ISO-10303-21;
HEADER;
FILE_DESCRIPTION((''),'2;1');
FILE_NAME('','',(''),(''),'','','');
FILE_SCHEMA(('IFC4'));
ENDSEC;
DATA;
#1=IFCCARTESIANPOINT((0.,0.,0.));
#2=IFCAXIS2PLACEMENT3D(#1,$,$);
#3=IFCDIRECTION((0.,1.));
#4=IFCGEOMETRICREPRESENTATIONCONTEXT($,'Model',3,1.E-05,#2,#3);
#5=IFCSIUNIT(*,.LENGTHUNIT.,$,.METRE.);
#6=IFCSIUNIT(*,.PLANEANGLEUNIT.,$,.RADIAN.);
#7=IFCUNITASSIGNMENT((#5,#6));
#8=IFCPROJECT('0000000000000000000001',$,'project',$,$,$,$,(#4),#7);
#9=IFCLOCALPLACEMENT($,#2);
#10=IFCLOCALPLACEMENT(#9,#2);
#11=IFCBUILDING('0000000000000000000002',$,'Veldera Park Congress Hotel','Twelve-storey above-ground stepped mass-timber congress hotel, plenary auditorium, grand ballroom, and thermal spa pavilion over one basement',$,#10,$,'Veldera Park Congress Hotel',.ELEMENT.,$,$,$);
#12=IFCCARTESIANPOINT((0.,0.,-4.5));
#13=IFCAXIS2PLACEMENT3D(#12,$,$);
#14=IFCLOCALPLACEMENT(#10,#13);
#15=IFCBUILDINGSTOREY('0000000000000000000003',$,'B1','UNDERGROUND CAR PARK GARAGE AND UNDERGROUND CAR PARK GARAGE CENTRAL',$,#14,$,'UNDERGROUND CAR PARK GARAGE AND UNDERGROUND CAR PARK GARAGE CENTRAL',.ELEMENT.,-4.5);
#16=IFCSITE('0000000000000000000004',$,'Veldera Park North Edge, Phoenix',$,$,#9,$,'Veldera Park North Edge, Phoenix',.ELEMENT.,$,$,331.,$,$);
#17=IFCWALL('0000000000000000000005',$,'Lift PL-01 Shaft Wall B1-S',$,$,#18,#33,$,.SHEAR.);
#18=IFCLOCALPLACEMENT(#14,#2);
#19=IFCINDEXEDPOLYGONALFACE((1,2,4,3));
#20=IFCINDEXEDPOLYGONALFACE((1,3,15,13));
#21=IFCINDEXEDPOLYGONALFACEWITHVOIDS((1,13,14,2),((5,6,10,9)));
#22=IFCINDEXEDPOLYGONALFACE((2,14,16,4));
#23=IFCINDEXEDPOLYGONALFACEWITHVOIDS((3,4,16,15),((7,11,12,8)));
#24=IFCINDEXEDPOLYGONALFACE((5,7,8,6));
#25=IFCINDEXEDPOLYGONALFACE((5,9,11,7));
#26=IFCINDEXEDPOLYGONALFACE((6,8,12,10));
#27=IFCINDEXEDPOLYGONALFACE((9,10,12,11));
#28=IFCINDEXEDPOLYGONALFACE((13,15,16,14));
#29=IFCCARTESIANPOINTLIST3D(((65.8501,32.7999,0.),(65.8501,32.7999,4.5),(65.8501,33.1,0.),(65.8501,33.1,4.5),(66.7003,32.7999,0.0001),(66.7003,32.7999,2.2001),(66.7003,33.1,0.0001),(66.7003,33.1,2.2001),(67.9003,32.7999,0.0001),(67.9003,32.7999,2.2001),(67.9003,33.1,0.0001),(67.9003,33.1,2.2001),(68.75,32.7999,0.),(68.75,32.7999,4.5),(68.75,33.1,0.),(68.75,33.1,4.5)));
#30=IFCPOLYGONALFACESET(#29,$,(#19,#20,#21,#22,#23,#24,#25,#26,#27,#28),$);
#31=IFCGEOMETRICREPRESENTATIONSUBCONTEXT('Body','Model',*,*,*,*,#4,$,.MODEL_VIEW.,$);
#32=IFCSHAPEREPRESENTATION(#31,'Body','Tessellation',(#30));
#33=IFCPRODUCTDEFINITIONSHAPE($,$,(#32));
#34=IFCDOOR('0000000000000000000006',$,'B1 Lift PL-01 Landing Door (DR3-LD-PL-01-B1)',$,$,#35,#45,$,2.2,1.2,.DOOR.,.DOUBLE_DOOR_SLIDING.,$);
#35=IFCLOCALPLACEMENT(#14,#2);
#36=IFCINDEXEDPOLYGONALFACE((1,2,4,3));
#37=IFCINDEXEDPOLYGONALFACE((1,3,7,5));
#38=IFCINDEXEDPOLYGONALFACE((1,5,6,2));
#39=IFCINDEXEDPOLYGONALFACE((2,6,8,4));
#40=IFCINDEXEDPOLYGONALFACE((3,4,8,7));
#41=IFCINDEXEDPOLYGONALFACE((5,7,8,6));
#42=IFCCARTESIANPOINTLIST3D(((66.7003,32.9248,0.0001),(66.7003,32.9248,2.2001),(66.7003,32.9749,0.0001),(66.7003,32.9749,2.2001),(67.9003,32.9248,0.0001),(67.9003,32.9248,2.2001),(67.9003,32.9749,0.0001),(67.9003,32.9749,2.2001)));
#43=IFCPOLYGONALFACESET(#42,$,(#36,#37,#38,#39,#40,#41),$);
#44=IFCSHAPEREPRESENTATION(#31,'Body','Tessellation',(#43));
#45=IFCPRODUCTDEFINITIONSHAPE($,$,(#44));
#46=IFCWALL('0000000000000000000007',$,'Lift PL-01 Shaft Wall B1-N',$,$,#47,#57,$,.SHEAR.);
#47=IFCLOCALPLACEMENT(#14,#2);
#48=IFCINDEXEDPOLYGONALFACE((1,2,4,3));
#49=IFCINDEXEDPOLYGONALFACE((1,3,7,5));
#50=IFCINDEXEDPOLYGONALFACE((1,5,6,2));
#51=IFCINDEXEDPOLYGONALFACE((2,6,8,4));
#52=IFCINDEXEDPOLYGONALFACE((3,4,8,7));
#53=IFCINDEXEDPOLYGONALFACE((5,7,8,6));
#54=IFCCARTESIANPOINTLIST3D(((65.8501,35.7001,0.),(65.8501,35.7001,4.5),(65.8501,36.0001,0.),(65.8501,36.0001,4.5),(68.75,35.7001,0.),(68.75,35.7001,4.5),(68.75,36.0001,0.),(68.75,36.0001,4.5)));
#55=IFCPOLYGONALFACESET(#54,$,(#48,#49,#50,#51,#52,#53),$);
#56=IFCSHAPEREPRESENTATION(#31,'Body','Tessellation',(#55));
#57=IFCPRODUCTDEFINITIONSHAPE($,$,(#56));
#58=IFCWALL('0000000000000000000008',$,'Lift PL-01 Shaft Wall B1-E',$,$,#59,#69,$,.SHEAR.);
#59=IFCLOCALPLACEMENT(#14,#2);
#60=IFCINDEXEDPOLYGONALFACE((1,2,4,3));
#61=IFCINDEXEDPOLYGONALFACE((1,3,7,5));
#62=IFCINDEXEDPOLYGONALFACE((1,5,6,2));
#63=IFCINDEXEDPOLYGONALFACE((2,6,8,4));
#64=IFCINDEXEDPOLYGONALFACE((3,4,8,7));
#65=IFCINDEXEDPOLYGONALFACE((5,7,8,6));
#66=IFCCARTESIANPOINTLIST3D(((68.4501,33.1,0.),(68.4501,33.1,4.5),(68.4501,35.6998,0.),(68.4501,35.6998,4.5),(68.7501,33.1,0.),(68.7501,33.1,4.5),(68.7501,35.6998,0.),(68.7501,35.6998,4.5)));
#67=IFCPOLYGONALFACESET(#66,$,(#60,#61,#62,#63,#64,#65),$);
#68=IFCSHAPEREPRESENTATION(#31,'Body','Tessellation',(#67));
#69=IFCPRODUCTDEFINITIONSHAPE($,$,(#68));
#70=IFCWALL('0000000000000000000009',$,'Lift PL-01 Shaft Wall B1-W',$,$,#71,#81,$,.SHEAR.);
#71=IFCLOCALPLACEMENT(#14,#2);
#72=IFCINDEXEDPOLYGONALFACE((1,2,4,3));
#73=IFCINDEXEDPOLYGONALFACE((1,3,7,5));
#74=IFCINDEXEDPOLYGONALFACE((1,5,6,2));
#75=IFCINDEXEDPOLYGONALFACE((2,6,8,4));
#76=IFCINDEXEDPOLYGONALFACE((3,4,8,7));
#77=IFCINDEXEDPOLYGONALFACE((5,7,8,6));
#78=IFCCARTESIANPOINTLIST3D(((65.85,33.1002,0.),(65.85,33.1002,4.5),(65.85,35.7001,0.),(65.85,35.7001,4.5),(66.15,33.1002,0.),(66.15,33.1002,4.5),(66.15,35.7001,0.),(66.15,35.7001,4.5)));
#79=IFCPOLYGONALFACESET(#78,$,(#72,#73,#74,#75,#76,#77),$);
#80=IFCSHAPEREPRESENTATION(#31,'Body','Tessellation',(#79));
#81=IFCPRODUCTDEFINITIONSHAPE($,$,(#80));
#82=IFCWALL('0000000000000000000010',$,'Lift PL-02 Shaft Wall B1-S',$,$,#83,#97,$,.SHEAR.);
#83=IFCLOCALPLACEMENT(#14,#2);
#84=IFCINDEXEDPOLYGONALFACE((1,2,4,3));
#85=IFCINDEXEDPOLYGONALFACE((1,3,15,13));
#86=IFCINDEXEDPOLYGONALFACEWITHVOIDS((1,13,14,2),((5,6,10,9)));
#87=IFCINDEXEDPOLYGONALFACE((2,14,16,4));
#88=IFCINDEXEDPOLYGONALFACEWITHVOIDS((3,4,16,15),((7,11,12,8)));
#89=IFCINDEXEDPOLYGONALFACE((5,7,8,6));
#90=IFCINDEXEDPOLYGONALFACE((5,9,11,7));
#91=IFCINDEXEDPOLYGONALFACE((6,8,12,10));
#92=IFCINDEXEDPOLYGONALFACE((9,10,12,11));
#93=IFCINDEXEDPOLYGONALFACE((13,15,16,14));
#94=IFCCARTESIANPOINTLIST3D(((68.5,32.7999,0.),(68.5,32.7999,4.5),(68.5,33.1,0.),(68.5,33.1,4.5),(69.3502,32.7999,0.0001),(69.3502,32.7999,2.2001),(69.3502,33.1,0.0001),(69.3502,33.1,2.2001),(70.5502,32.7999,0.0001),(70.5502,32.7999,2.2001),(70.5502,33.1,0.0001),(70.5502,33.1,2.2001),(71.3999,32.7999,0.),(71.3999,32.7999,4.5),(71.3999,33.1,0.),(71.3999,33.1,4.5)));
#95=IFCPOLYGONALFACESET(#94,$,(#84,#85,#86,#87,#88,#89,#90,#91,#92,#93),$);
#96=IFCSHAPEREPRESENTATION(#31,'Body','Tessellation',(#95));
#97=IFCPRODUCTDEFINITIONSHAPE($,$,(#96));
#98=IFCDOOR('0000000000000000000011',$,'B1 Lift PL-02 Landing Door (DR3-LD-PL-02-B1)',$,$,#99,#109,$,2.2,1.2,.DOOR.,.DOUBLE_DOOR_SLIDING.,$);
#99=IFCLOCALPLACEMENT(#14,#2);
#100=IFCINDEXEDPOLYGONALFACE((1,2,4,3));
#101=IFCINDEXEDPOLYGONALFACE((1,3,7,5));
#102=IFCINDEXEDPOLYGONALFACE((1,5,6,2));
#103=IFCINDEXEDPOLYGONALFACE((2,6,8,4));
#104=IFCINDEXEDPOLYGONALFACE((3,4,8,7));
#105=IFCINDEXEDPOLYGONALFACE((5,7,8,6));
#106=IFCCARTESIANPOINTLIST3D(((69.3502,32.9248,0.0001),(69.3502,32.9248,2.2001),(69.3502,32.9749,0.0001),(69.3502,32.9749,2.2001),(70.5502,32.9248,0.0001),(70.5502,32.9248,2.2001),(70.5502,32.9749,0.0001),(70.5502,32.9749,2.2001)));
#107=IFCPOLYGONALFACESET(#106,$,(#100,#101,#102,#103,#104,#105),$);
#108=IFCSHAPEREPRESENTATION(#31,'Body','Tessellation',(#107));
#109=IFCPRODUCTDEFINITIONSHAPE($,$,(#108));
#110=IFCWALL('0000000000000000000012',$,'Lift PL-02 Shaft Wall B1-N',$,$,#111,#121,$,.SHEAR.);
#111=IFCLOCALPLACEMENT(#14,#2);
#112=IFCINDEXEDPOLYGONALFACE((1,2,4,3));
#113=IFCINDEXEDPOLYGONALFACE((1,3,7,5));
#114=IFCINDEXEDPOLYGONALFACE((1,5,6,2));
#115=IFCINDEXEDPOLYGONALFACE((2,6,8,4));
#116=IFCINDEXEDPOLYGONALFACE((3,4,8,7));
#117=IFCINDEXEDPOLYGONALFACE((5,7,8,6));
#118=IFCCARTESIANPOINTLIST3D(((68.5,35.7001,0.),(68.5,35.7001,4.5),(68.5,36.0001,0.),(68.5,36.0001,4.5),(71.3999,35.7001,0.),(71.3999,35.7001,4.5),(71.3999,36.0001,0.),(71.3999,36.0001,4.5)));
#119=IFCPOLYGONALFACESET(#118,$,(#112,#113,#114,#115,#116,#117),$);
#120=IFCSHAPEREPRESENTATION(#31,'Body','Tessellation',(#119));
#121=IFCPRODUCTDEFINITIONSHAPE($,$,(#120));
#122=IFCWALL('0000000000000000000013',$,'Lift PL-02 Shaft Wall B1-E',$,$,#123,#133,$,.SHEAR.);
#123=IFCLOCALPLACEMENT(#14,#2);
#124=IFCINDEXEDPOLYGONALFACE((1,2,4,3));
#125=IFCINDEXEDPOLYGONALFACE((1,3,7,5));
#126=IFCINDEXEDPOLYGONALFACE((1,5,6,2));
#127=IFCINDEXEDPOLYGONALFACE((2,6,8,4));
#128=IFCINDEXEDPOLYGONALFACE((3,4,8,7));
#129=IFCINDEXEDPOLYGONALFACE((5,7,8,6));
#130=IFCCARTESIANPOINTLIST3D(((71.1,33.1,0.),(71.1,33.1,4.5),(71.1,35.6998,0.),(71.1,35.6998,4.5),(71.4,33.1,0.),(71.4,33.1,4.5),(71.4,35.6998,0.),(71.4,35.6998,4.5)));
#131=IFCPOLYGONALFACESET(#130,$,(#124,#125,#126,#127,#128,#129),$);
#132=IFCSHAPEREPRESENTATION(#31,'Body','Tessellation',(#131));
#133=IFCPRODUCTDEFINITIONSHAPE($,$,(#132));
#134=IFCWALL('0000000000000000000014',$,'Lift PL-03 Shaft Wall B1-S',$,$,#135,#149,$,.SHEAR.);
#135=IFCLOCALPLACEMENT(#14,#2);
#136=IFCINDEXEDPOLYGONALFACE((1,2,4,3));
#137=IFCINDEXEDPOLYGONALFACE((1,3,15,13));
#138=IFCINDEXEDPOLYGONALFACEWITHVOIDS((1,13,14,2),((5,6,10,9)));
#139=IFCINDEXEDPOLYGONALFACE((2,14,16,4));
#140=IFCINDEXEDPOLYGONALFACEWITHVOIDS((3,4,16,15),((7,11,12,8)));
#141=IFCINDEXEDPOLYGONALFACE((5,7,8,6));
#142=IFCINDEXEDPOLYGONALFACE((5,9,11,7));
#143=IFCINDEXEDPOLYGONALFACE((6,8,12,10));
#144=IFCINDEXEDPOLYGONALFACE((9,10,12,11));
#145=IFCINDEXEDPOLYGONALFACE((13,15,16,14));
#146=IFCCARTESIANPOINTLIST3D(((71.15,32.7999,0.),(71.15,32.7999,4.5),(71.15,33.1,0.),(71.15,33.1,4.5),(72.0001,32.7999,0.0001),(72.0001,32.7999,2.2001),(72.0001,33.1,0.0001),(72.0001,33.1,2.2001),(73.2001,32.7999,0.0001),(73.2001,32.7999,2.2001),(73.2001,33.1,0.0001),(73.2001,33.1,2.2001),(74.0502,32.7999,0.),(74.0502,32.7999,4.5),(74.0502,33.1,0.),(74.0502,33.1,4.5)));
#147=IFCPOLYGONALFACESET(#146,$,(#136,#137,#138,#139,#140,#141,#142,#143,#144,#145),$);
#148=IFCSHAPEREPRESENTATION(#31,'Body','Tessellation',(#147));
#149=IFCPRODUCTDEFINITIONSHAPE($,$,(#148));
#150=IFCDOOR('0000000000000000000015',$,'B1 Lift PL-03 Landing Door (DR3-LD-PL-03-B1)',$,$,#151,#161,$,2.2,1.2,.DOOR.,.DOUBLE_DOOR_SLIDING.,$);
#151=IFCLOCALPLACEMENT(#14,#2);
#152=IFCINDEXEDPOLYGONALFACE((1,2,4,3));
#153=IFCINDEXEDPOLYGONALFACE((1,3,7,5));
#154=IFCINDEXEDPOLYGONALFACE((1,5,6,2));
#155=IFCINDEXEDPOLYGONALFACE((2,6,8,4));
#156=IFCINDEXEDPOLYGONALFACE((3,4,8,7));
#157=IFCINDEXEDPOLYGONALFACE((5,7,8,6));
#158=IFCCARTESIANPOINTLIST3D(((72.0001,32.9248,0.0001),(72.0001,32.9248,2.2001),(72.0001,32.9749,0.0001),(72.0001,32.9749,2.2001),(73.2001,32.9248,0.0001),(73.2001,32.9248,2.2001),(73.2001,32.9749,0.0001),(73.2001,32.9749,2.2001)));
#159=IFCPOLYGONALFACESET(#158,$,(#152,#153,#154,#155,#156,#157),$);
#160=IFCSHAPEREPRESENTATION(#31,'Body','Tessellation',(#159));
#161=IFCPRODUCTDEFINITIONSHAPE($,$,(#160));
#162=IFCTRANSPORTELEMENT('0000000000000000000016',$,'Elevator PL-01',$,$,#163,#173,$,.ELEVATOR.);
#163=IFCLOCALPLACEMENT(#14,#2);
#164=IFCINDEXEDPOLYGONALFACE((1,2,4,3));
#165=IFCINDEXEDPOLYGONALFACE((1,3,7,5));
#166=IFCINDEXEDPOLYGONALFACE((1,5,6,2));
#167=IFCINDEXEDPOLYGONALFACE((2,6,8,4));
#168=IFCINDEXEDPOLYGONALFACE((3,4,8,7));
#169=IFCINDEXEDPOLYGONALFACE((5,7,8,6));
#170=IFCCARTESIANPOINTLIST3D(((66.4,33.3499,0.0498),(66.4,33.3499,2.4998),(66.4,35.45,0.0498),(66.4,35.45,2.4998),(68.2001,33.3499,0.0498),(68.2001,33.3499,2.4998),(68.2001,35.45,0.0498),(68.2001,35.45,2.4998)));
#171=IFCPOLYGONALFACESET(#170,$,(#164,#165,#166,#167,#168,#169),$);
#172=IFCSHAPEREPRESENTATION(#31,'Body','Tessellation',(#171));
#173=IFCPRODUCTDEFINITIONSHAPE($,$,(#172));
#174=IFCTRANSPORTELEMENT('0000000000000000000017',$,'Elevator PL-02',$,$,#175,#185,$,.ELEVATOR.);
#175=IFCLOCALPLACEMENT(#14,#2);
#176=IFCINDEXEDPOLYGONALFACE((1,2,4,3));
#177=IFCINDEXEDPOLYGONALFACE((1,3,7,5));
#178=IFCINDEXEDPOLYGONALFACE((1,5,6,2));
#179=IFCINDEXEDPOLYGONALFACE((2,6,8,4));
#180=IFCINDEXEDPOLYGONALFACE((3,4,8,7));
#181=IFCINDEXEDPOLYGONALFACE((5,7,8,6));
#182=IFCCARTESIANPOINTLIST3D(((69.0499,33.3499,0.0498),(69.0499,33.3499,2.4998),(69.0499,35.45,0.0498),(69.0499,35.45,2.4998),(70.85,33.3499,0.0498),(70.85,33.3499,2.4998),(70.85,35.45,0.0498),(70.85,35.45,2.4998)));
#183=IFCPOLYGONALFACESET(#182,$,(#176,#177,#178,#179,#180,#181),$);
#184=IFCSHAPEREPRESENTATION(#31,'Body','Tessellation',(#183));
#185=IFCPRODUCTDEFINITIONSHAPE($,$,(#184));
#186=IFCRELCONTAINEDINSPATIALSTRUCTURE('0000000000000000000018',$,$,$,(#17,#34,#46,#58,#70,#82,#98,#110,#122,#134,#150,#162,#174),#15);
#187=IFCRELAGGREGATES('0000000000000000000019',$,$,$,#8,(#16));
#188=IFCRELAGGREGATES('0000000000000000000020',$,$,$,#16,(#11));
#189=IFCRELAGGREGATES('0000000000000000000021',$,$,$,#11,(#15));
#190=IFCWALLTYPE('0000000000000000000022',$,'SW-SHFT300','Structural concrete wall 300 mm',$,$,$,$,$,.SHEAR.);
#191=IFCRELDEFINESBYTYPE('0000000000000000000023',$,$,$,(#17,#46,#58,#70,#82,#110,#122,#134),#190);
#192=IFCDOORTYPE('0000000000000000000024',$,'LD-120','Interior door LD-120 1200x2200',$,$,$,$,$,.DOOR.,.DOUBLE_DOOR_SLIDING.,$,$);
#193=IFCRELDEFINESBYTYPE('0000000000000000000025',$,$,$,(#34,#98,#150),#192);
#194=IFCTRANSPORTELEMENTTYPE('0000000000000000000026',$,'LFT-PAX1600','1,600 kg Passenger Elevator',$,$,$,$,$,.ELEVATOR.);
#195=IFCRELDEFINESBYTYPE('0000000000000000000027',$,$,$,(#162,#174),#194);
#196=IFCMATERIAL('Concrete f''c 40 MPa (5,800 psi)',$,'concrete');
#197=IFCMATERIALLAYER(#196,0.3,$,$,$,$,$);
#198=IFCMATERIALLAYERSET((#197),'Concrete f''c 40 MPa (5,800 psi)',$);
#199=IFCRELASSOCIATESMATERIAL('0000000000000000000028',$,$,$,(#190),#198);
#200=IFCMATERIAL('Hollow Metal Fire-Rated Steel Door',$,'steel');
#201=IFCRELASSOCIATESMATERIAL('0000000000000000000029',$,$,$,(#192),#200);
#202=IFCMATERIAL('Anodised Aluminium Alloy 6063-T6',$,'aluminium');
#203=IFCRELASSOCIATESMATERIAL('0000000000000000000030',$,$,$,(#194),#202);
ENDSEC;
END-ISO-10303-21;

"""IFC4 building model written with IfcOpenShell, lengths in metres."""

from ifc_helpers import new_model, si_unit, direction, frame, frame_2d, origin, origin_2d, place, context, subcontext, project, spatial, rectangle, extrude, material, layer, layer_set, type_object, element, fill, save


model = new_model("IFC4")

# Units and contexts
model_context = context("Model", 3, precision=1e-05, world=origin(), true_north=direction((0.0, 1.0)))
body_context = subcontext(model_context, "Body", "Model", "MODEL_VIEW")
ifc_project = project(units=[si_unit("LENGTHUNIT", "METRE"), si_unit("PLANEANGLEUNIT", "RADIAN")], contexts=[model_context])

# Site, building, storey
site_placement = place(None, origin())
site = spatial("IfcSite", under=ifc_project, at=site_placement, Name="Veldera Park North Edge, Phoenix", LongName="Veldera Park North Edge, Phoenix", CompositionType="ELEMENT", RefElevation=331.0)
building_placement = place(site_placement, origin())
building = spatial("IfcBuilding", under=site, at=building_placement, Name="Veldera Park Congress Hotel", Description="Twelve-storey above-ground stepped mass-timber congress hotel, plenary auditorium, grand ballroom, and thermal spa pavilion over one basement", LongName="Veldera Park Congress Hotel", CompositionType="ELEMENT")
storey_placement = place(building_placement, frame((0.0, 0.0, -4.5)))
storey = spatial("IfcBuildingStorey", under=building, at=storey_placement, Name="B1", Description="UNDERGROUND CAR PARK GARAGE AND UNDERGROUND CAR PARK GARAGE CENTRAL", LongName="UNDERGROUND CAR PARK GARAGE AND UNDERGROUND CAR PARK GARAGE CENTRAL", CompositionType="ELEMENT", Elevation=-4.5)

# Shared definitions
ifc_material_1 = material(Name="Concrete f'c 40 MPa (5,800 psi)", Category="concrete")

# Wall, opening, door
ifc_layer_1 = layer(ifc_material_1, 0.3)
ifc_layer_set_1 = layer_set([ifc_layer_1], Name="Concrete f'c 40 MPa (5,800 psi)")
wall_type_1 = type_object("IfcWallType", Name="SW-SHFT300", Description="Structural concrete wall 300 mm", PredefinedType="SHEAR", material=ifc_layer_set_1)
wall_1_placement = place(storey_placement, frame((65.8501, 32.95, 0.0), z_axis=(0.0, 0.0, 1.0), x_axis=(1.0, 0.0, 0.0)))
wall_1 = element("IfcWall", 1, at=wall_1_placement, inside=storey, type_object=wall_type_1, Name="Lift PL-01 Shaft Wall B1-S", PredefinedType="SHEAR", context=body_context, shape_type="SweptSolid", body=[
    extrude(rectangle(XDim=2.8999, YDim=0.3, at=frame_2d((1.45, 0.0))), origin(), (0.0, 0.0, 1.0), 4.5),
])
opening_1_placement = place(wall_1_placement, frame((0.8501, 0.0, 0.0)))
opening_1 = element("IfcOpeningElement", 2, at=opening_1_placement, cuts=wall_1, PredefinedType="OPENING", context=body_context, shape_type="SweptSolid", body=[
    extrude(rectangle(XDim=1.2, YDim=2.2, at=frame_2d((0.6001, 1.1001))), frame((0.0, 0.1621, 0.0), z_axis=(0.0, -1.0, 0.0), x_axis=(1.0, 0.0, 0.0)), (0.0, 0.0, 1.0), 0.324),
])
ifc_material_2 = material(Name="Hollow Metal Fire-Rated Steel Door", Category="steel")
door_type_1 = type_object("IfcDoorType", Name="LD-120", Description="Interior door LD-120 1200x2200", OperationType="DOUBLE_DOOR_SLIDING", PredefinedType="DOOR", material=ifc_material_2)
door_1_placement = place(opening_1_placement, origin())
door_1 = element("IfcDoor", 3, at=door_1_placement, inside=storey, type_object=door_type_1, Name="B1 Lift PL-01 Landing Door (DR3-LD-PL-01-B1)", OperationType="DOUBLE_DOOR_SLIDING", OverallHeight=2.2, OverallWidth=1.2, PredefinedType="DOOR", context=body_context, shape_type="SweptSolid", body=[
    extrude(rectangle(XDim=1.2, YDim=2.2, at=frame_2d((0.6001, 1.1001))), frame((0.0, 0.0249, 0.0), z_axis=(0.0, -1.0, 0.0), x_axis=(1.0, 0.0, 0.0)), (0.0, 0.0, 1.0), 0.05),
])
fill(opening_1, door_1)

# Walls
wall_2_placement = place(storey_placement, frame((68.75, 35.8501, 0.0), z_axis=(0.0, 0.0, 1.0), x_axis=(-1.0, 0.0, 0.0)))
element("IfcWall", 4, at=wall_2_placement, inside=storey, type_object=wall_type_1, Name="Lift PL-01 Shaft Wall B1-N", PredefinedType="SHEAR", context=body_context, shape_type="SweptSolid", body=[
    extrude(rectangle(XDim=2.8999, YDim=0.3, at=frame_2d((1.45, 0.0))), origin(), (0.0, 0.0, 1.0), 4.5),
])
for number, where, z_axis, x_axis, name in (
    (5, (68.6001, 33.1001, 0.0), (0.0, 0.0, 1.0), (0.0, 1.0, 0.0), "Lift PL-01 Shaft Wall B1-E"),
    (6, (66.0, 35.7, 0.0), (0.0, 0.0, 1.0), (0.0, -1.0, 0.0), "Lift PL-01 Shaft Wall B1-W"),
):
    element("IfcWall", number, at=place(storey_placement, frame(where, z_axis=z_axis, x_axis=x_axis)), inside=storey, type_object=wall_type_1, Name=name, PredefinedType="SHEAR", context=body_context, shape_type="SweptSolid", body=[
        extrude(rectangle(XDim=2.5999, YDim=0.3, at=frame_2d((1.2998, 0.0))), origin(), (0.0, 0.0, 1.0), 4.5),
    ])

# Wall, opening, door
wall_3_placement = place(storey_placement, frame((68.5, 32.95, 0.0), z_axis=(0.0, 0.0, 1.0), x_axis=(1.0, 0.0, 0.0)))
wall_3 = element("IfcWall", 7, at=wall_3_placement, inside=storey, type_object=wall_type_1, Name="Lift PL-02 Shaft Wall B1-S", PredefinedType="SHEAR", context=body_context, shape_type="SweptSolid", body=[
    extrude(rectangle(XDim=2.8999, YDim=0.3, at=frame_2d((1.45, 0.0))), origin(), (0.0, 0.0, 1.0), 4.5),
])
opening_2_placement = place(wall_3_placement, frame((0.8501, 0.0, 0.0)))
opening_2 = element("IfcOpeningElement", 8, at=opening_2_placement, cuts=wall_3, PredefinedType="OPENING", context=body_context, shape_type="SweptSolid", body=[
    extrude(rectangle(XDim=1.2, YDim=2.2, at=frame_2d((0.6001, 1.1001))), frame((0.0, 0.1621, 0.0), z_axis=(0.0, -1.0, 0.0), x_axis=(1.0, 0.0, 0.0)), (0.0, 0.0, 1.0), 0.324),
])
door_2_placement = place(opening_2_placement, origin())
door_2 = element("IfcDoor", 9, at=door_2_placement, inside=storey, type_object=door_type_1, Name="B1 Lift PL-02 Landing Door (DR3-LD-PL-02-B1)", OperationType="DOUBLE_DOOR_SLIDING", OverallHeight=2.2, OverallWidth=1.2, PredefinedType="DOOR", context=body_context, shape_type="SweptSolid", body=[
    extrude(rectangle(XDim=1.2, YDim=2.2, at=frame_2d((0.6001, 1.1001))), frame((0.0, 0.0249, 0.0), z_axis=(0.0, -1.0, 0.0), x_axis=(1.0, 0.0, 0.0)), (0.0, 0.0, 1.0), 0.05),
])
fill(opening_2, door_2)

# Walls
wall_4_placement = place(storey_placement, frame((71.3999, 35.8501, 0.0), z_axis=(0.0, 0.0, 1.0), x_axis=(-1.0, 0.0, 0.0)))
element("IfcWall", 10, at=wall_4_placement, inside=storey, type_object=wall_type_1, Name="Lift PL-02 Shaft Wall B1-N", PredefinedType="SHEAR", context=body_context, shape_type="SweptSolid", body=[
    extrude(rectangle(XDim=2.8999, YDim=0.3, at=frame_2d((1.45, 0.0))), origin(), (0.0, 0.0, 1.0), 4.5),
])
wall_5_placement = place(storey_placement, frame((71.25, 33.1001, 0.0), z_axis=(0.0, 0.0, 1.0), x_axis=(0.0, 1.0, 0.0)))
element("IfcWall", 11, at=wall_5_placement, inside=storey, type_object=wall_type_1, Name="Lift PL-02 Shaft Wall B1-E", PredefinedType="SHEAR", context=body_context, shape_type="SweptSolid", body=[
    extrude(rectangle(XDim=2.5999, YDim=0.3, at=frame_2d((1.2998, 0.0))), origin(), (0.0, 0.0, 1.0), 4.5),
])

# Wall, opening, door
wall_6_placement = place(storey_placement, frame((71.1499, 32.95, 0.0), z_axis=(0.0, 0.0, 1.0), x_axis=(1.0, 0.0, 0.0)))
wall_6 = element("IfcWall", 12, at=wall_6_placement, inside=storey, type_object=wall_type_1, Name="Lift PL-03 Shaft Wall B1-S", PredefinedType="SHEAR", context=body_context, shape_type="SweptSolid", body=[
    extrude(rectangle(XDim=2.9001, YDim=0.3, at=frame_2d((1.4502, 0.0))), origin(), (0.0, 0.0, 1.0), 4.5),
])
opening_3_placement = place(wall_6_placement, frame((0.8501, 0.0, 0.0)))
opening_3 = element("IfcOpeningElement", 13, at=opening_3_placement, cuts=wall_6, PredefinedType="OPENING", context=body_context, shape_type="SweptSolid", body=[
    extrude(rectangle(XDim=1.2, YDim=2.2, at=frame_2d((0.6001, 1.1001))), frame((0.0, 0.1621, 0.0), z_axis=(0.0, -1.0, 0.0), x_axis=(1.0, 0.0, 0.0)), (0.0, 0.0, 1.0), 0.324),
])
door_3_placement = place(opening_3_placement, origin())
door_3 = element("IfcDoor", 14, at=door_3_placement, inside=storey, type_object=door_type_1, Name="B1 Lift PL-03 Landing Door (DR3-LD-PL-03-B1)", OperationType="DOUBLE_DOOR_SLIDING", OverallHeight=2.2, OverallWidth=1.2, PredefinedType="DOOR", context=body_context, shape_type="SweptSolid", body=[
    extrude(rectangle(XDim=1.2, YDim=2.2, at=frame_2d((0.6001, 1.1001))), frame((0.0, 0.0249, 0.0), z_axis=(0.0, -1.0, 0.0), x_axis=(1.0, 0.0, 0.0)), (0.0, 0.0, 1.0), 0.05),
])
fill(opening_3, door_3)

# Transport elements
ifc_material_3 = material(Name="Anodised Aluminium Alloy 6063-T6", Category="aluminium")
transport_element_type = type_object("IfcTransportElementType", Name="LFT-PAX1600", Description="1,600 kg Passenger Elevator", PredefinedType="ELEVATOR", material=ifc_material_3)
for number, where, z_axis, x_axis, name in (
    (15, (67.3, 34.3999, 0.0498), (0.0, 0.0, 1.0), (1.0, 0.0, 0.0), "Elevator PL-01"),
    (16, (69.95, 34.3999, 0.0498), (0.0, 0.0, 1.0), (1.0, 0.0, 0.0), "Elevator PL-02"),
):
    element("IfcTransportElement", number, at=place(storey_placement, frame(where, z_axis=z_axis, x_axis=x_axis)), inside=storey, type_object=transport_element_type, Name=name, PredefinedType="ELEVATOR", context=body_context, shape_type="SweptSolid", body=[
        extrude(rectangle(XDim=1.8, YDim=2.1001, at=origin_2d()), origin(), (0.0, 0.0, 1.0), 2.45),
    ])

save(model, "model.ifc")
